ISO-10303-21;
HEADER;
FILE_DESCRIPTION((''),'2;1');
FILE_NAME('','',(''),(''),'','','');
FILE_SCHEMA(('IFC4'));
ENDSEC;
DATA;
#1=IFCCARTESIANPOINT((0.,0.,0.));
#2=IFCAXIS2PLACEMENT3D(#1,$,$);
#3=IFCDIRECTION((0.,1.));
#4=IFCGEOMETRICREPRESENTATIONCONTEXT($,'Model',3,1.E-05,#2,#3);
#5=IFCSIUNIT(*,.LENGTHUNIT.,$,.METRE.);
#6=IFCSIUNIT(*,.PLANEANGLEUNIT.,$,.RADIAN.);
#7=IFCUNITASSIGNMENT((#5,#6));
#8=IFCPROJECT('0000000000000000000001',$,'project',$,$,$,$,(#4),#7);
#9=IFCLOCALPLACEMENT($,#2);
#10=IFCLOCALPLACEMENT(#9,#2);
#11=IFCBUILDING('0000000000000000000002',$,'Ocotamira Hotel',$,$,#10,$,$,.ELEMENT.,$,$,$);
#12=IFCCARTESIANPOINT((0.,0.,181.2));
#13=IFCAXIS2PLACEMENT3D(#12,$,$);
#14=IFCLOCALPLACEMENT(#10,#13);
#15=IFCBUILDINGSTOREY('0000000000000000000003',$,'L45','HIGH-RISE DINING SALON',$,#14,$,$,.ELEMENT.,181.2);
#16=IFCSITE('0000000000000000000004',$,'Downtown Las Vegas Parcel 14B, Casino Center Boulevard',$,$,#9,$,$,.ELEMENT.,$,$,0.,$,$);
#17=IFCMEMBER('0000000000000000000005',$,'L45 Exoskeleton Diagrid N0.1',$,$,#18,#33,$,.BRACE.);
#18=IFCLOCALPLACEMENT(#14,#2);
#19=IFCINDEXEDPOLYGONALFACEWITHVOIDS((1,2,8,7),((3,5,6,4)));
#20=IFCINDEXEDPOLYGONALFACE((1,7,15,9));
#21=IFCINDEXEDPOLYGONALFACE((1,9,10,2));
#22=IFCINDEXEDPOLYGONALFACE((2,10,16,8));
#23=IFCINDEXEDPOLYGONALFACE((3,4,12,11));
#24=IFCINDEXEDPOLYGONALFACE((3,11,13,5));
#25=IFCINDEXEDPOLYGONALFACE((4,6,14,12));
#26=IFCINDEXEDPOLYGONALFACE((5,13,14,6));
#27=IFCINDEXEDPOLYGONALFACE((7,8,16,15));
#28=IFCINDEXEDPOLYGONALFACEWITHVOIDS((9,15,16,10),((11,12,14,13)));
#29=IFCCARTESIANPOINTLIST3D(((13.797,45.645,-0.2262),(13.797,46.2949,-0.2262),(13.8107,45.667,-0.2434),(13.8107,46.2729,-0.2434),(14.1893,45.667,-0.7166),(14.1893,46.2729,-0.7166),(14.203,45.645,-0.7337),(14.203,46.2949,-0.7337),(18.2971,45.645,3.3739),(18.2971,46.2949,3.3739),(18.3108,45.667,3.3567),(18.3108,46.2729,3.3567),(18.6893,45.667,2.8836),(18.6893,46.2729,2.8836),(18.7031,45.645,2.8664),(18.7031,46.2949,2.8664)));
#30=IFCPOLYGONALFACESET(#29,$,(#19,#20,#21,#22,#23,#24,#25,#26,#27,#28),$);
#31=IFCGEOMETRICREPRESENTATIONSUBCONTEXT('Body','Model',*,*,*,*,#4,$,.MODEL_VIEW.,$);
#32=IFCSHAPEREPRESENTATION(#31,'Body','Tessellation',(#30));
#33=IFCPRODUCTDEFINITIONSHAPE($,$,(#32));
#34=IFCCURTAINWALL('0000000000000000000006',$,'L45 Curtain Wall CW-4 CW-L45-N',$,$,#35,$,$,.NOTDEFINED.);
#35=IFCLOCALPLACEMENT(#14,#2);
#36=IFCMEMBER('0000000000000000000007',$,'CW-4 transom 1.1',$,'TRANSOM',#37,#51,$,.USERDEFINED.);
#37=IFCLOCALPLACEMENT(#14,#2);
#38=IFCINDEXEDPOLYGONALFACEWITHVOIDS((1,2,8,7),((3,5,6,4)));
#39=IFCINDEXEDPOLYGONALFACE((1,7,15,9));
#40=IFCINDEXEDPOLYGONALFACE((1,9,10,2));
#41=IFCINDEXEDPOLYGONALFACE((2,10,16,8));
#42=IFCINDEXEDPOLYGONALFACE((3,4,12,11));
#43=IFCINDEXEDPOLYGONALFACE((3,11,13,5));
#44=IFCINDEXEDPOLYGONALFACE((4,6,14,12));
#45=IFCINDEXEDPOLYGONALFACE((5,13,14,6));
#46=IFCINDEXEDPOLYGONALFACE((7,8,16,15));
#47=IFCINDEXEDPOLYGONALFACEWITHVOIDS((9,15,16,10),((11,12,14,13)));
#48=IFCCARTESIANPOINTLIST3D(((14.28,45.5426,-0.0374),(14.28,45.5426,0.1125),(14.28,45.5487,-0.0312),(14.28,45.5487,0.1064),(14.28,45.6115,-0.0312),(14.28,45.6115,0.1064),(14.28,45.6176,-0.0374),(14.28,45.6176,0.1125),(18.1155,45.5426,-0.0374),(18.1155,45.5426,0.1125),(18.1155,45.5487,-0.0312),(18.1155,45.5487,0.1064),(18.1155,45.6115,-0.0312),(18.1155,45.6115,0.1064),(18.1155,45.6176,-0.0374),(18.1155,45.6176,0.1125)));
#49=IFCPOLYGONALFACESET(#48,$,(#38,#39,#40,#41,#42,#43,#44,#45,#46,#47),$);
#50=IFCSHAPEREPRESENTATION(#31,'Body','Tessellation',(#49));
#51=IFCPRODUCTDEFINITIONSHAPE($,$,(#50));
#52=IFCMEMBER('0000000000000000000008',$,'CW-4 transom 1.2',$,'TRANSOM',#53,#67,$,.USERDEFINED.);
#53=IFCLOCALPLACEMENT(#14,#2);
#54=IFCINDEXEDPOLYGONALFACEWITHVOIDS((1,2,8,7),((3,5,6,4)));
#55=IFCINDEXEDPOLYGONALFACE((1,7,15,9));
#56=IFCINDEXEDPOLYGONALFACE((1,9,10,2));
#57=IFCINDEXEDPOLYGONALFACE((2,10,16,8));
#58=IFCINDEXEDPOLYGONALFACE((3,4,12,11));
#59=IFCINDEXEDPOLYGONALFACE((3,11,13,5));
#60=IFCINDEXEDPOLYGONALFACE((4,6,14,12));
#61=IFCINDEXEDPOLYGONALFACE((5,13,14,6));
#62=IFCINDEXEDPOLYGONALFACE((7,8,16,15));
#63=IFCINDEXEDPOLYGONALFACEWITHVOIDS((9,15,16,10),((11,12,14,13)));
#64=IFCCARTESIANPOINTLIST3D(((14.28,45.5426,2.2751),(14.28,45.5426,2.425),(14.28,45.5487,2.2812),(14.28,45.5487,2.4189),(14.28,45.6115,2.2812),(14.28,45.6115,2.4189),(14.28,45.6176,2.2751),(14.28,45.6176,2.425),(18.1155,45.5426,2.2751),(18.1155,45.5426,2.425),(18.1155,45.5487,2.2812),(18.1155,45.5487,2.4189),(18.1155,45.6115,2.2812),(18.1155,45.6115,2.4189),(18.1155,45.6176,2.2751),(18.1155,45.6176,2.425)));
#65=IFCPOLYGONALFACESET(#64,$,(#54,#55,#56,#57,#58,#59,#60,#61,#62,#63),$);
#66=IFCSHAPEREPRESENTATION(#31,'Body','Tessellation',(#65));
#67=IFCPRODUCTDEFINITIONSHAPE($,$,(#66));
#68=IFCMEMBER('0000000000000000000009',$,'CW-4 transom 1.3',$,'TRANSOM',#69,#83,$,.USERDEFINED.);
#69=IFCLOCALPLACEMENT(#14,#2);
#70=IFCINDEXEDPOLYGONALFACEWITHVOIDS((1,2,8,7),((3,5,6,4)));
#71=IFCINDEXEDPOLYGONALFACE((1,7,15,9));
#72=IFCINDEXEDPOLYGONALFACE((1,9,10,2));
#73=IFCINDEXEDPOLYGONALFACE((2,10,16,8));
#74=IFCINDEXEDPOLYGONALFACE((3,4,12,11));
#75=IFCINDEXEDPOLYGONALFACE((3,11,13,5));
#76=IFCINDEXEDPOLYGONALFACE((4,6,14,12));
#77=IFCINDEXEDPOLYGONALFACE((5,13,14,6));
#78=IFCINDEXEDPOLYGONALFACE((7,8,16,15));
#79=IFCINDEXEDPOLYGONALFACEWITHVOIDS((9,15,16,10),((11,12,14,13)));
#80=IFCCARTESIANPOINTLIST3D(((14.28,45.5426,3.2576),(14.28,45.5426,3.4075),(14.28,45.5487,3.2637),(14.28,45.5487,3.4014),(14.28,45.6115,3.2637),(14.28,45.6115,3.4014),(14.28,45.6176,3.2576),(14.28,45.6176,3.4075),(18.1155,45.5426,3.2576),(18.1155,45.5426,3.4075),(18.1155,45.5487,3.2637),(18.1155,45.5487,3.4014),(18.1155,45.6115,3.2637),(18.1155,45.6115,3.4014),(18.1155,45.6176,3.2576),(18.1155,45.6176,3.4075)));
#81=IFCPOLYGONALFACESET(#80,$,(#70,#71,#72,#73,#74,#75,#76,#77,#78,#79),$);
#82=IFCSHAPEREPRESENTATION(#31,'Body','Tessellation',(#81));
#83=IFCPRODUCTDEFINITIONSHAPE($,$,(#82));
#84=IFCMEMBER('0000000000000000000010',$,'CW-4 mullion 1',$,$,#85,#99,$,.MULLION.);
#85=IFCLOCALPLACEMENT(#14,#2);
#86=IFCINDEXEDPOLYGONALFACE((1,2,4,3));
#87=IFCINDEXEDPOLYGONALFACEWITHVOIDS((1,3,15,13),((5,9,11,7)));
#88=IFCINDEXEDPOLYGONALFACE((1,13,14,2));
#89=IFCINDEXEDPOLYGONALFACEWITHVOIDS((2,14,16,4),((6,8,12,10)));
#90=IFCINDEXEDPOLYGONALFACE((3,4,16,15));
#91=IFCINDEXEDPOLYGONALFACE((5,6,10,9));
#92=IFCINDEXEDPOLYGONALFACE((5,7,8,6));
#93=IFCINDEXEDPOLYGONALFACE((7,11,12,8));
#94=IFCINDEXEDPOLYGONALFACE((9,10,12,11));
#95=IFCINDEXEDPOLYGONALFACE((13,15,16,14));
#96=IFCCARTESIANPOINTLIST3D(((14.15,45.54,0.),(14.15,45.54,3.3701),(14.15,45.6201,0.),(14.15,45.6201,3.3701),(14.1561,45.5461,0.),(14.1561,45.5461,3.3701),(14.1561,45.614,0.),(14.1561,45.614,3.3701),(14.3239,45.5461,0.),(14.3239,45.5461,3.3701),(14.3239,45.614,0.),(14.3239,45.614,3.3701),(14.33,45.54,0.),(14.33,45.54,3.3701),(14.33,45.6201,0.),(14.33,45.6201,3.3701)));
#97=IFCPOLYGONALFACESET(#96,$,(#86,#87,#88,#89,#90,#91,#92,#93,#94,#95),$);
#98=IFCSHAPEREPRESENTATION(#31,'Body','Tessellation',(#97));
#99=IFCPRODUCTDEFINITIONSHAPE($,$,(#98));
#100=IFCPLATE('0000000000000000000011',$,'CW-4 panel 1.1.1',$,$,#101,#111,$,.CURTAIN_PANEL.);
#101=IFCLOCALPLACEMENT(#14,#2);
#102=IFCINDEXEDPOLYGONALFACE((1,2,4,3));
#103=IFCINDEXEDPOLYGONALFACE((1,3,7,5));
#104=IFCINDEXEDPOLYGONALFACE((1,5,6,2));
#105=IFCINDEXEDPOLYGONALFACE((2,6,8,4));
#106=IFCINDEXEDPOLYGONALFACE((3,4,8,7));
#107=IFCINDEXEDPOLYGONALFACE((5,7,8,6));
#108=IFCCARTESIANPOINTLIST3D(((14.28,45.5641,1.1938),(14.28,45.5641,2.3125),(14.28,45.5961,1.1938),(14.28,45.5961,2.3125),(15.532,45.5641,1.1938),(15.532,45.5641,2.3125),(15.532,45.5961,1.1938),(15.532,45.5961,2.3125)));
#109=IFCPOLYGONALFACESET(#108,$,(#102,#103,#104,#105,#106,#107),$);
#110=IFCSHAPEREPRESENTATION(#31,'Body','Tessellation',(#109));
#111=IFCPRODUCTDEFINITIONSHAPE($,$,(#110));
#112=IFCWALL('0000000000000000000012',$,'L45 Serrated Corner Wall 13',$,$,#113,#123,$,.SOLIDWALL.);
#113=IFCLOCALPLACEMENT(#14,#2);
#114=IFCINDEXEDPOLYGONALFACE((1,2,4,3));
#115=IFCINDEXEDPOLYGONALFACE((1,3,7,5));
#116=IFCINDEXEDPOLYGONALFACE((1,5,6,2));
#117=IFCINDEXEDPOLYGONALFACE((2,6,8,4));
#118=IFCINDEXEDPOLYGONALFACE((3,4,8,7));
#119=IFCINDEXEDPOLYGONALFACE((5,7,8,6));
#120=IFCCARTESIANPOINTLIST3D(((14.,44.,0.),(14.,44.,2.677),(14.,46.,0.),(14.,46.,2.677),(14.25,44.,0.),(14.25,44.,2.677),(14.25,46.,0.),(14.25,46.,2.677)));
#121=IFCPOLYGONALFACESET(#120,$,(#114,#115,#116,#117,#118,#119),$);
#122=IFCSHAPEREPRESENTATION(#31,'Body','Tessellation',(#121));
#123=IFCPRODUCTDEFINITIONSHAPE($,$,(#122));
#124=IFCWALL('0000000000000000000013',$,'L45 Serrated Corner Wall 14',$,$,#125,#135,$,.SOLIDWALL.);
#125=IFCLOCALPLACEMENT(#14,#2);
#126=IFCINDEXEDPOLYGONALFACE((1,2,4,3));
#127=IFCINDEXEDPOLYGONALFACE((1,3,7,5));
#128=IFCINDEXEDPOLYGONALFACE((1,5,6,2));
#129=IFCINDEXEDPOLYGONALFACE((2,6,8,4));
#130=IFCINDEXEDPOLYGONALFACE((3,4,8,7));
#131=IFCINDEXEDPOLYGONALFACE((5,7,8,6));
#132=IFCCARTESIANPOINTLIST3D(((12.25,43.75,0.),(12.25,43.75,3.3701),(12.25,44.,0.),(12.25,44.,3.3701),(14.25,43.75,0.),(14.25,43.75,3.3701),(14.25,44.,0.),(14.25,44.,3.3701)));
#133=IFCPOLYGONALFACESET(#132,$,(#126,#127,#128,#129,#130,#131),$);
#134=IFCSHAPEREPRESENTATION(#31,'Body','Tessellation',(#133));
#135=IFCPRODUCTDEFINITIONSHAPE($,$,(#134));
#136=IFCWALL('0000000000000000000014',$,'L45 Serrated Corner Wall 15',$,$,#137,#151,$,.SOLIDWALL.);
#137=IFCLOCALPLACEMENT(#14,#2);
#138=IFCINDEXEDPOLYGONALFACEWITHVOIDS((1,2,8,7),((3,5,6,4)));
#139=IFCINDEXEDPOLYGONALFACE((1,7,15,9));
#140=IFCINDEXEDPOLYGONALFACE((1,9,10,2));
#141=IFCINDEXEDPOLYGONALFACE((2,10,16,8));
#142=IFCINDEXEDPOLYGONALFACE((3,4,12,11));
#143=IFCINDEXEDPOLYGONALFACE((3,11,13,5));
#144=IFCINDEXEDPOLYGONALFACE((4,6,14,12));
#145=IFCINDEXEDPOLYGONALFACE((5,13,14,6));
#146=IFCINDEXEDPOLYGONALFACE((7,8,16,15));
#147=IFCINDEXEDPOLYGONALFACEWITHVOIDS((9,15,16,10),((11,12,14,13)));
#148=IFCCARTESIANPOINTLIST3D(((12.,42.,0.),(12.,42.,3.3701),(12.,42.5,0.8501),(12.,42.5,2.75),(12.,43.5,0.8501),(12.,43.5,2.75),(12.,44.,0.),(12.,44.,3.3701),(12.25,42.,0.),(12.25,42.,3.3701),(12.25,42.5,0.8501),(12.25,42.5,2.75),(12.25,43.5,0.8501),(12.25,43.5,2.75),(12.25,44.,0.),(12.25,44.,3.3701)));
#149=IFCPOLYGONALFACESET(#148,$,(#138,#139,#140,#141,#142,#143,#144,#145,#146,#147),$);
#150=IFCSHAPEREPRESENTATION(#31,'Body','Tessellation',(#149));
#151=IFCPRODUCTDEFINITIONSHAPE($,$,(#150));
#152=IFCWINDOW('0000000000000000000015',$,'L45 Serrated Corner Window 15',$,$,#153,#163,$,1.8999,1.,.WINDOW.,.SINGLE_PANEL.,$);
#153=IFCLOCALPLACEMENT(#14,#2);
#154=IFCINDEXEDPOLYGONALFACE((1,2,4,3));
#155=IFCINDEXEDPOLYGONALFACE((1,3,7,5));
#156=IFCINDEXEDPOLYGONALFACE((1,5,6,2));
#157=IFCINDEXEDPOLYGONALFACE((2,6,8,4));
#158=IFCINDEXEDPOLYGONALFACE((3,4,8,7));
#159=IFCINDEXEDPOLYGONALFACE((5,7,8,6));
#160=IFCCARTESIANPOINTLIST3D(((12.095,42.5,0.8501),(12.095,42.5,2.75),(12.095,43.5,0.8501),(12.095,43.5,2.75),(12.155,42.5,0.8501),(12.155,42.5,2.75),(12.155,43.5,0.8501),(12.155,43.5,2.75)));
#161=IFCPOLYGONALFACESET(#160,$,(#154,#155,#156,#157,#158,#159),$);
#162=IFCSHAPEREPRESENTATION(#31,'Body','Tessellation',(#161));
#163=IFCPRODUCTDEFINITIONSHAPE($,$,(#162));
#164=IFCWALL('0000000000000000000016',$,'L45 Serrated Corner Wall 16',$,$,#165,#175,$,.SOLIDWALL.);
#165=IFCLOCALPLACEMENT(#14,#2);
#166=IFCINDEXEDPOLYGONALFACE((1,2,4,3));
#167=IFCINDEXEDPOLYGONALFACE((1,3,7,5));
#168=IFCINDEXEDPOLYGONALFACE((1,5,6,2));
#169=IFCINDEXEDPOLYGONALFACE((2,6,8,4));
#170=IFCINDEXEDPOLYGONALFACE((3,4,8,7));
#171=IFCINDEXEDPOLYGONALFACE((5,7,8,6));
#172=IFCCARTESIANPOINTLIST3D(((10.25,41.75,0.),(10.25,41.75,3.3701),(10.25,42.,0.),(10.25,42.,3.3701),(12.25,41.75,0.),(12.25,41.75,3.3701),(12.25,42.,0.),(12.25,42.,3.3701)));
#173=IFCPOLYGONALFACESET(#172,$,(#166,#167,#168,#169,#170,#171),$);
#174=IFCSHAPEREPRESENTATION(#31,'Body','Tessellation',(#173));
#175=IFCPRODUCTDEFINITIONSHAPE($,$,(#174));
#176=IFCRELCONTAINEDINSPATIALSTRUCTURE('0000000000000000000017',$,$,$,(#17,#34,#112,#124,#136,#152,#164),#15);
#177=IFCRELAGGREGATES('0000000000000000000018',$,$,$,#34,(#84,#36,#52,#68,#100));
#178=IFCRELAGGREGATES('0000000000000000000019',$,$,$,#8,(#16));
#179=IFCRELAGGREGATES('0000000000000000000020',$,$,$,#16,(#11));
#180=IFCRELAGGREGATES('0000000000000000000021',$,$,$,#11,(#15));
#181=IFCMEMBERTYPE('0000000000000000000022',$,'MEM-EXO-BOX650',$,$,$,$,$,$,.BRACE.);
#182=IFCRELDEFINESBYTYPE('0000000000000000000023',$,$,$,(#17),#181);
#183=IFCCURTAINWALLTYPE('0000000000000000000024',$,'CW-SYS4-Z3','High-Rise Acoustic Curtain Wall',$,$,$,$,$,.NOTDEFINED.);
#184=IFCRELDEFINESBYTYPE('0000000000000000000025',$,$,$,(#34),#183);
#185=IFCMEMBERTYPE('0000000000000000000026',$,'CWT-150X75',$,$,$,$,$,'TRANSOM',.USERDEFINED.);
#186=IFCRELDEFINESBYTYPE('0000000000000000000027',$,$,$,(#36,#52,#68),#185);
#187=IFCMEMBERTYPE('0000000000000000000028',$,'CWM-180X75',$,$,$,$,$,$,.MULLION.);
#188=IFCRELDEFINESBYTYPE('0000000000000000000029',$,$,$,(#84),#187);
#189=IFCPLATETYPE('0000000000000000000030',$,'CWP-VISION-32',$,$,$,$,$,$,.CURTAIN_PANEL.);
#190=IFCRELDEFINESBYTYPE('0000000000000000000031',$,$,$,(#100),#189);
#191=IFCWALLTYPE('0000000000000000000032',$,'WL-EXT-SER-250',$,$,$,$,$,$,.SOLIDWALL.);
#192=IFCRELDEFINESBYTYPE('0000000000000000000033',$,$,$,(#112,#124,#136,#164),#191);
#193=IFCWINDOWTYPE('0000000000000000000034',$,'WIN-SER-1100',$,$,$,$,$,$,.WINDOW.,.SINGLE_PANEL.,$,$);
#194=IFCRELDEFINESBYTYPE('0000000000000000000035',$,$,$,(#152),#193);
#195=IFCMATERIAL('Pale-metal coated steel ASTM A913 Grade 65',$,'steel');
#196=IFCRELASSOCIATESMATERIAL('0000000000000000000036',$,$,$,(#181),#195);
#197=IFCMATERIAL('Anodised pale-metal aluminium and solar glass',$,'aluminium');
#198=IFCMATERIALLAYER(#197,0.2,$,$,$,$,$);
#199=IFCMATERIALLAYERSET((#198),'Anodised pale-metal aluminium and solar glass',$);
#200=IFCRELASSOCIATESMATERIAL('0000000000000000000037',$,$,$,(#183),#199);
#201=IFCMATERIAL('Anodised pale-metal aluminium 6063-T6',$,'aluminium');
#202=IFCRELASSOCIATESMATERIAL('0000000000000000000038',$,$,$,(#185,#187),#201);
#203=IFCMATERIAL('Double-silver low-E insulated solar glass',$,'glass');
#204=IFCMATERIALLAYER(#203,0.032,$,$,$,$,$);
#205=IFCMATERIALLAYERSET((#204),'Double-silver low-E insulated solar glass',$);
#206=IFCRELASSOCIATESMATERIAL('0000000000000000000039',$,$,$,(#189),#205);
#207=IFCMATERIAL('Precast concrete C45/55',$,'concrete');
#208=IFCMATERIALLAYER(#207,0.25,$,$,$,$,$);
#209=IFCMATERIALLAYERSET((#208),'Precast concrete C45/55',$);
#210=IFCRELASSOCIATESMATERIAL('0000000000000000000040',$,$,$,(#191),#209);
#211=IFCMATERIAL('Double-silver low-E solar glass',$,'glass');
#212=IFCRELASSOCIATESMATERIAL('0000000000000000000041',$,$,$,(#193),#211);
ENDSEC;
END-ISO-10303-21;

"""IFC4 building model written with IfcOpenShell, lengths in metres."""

from ifc_helpers import new_model, si_unit, direction, frame, frame_2d, origin, origin_2d, place, context, subcontext, project, spatial, rectangle, hollow_rectangle, extrude, source, transform, mapped, material, layer, layer_set, material_profile, profile_set, type_object, element, fill, aggregate, save


model = new_model("IFC4")

# Units and contexts
model_context = context("Model", 3, precision=1e-05, world=origin(), true_north=direction((0.0, 1.0)))
body_context = subcontext(model_context, "Body", "Model", "MODEL_VIEW")
ifc_project = project(units=[si_unit("LENGTHUNIT", "METRE"), si_unit("PLANEANGLEUNIT", "RADIAN")], contexts=[model_context])

# Site, building, storey
site_placement = place(None, origin())
site = spatial("IfcSite", under=ifc_project, at=site_placement, Name="Downtown Las Vegas Parcel 14B, Casino Center Boulevard", CompositionType="ELEMENT", RefElevation=0.0)
building_placement = place(site_placement, origin())
building = spatial("IfcBuilding", under=site, at=building_placement, Name="Ocotamira Hotel", CompositionType="ELEMENT")
storey_placement = place(building_placement, frame((0.0, 0.0, 181.2)))
storey = spatial("IfcBuildingStorey", under=building, at=storey_placement, Name="L45", Description="HIGH-RISE DINING SALON", CompositionType="ELEMENT", Elevation=181.2)

# Member
ifc_material_1 = material(Name="Pale-metal coated steel ASTM A913 Grade 65", Category="steel")
ifc_material_profile_1 = material_profile(ifc_material_1, hollow_rectangle(XDim=0.6499, YDim=0.6499, WallThickness=0.022, at=origin_2d()), Name="BOX650X650X22")
ifc_profile_set_1 = profile_set([ifc_material_profile_1], Name="Pale-metal coated steel ASTM A913 Grade 65")
member_type_1 = type_object("IfcMemberType", Name="MEM-EXO-BOX650", PredefinedType="BRACE", material=ifc_profile_set_1)
shared_shape_1 = source(origin(), body_context, "Body", "SweptSolid", [
    extrude(hollow_rectangle(XDim=0.6499, YDim=0.6499, WallThickness=0.022, at=origin_2d()), origin(), (0.0, 0.0, 1.0), 5.7629),
])
member_1_placement = place(storey_placement, frame((14.0, 45.97, -0.48), z_axis=(0.780861, 0.0, 0.624705), x_axis=(0.0, 1.0, 0.0)))
element("IfcMember", 1, at=member_1_placement, inside=storey, type_object=member_type_1, Name="L45 Exoskeleton Diagrid N0.1", PredefinedType="BRACE", context=body_context, shape_type="MappedRepresentation", body=[
    mapped(shared_shape_1, transform((0.0, 0.0, 0.0), scale=1.0)),
])

# Curtain wall, members, plate
ifc_material_2 = material(Name="Anodised pale-metal aluminium and solar glass", Category="aluminium")
ifc_layer_1 = layer(ifc_material_2, 0.2)
ifc_layer_set_1 = layer_set([ifc_layer_1], Name="Anodised pale-metal aluminium and solar glass")
curtain_wall_type = type_object("IfcCurtainWallType", Name="CW-SYS4-Z3", Description="High-Rise Acoustic Curtain Wall", PredefinedType="NOTDEFINED", material=ifc_layer_set_1)
curtain_wall_placement = place(storey_placement, origin())
curtain_wall = element("IfcCurtainWall", 2, at=curtain_wall_placement, inside=storey, type_object=curtain_wall_type, Name="L45 Curtain Wall CW-4 CW-L45-N", PredefinedType="NOTDEFINED")
ifc_material_3 = material(Name="Anodised pale-metal aluminium 6063-T6", Category="aluminium")
ifc_material_profile_2 = material_profile(ifc_material_3, hollow_rectangle(XDim=0.075, YDim=0.1499, WallThickness=0.0061, at=origin_2d()), Name="HSS150X75X6")
ifc_profile_set_2 = profile_set([ifc_material_profile_2], Name="Anodised pale-metal aluminium 6063-T6")
member_type_2 = type_object("IfcMemberType", Name="CWT-150X75", ElementType="TRANSOM", PredefinedType="USERDEFINED", material=ifc_profile_set_2)
shared_shape_2 = source(origin(), body_context, "Body", "SweptSolid", [
    extrude(hollow_rectangle(XDim=0.075, YDim=0.1499, WallThickness=0.0061, at=origin_2d()), origin(), (0.0, 0.0, 1.0), 3.8354),
])
member_2_placement = place(storey_placement, frame((14.28, 45.5801, 0.0376), z_axis=(1.0, 0.0, 0.0), x_axis=(0.0, 1.0, 0.0)))
member_2 = element("IfcMember", 3, at=member_2_placement, type_object=member_type_2, Name="CW-4 transom 1.1", ObjectType="TRANSOM", PredefinedType="USERDEFINED", context=body_context, shape_type="MappedRepresentation", body=[
    mapped(shared_shape_2, transform((0.0, 0.0, 0.0), scale=1.0)),
])
member_3_placement = place(storey_placement, frame((14.28, 45.5801, 2.3501), z_axis=(1.0, 0.0, 0.0), x_axis=(0.0, 1.0, 0.0)))
member_3 = element("IfcMember", 4, at=member_3_placement, type_object=member_type_2, Name="CW-4 transom 1.2", ObjectType="TRANSOM", PredefinedType="USERDEFINED", context=body_context, shape_type="MappedRepresentation", body=[
    mapped(shared_shape_2, transform((0.0, 0.0, 0.0), scale=1.0)),
])
member_4_placement = place(storey_placement, frame((14.28, 45.5801, 3.3325), z_axis=(1.0, 0.0, 0.0), x_axis=(0.0, 1.0, 0.0)))
member_4 = element("IfcMember", 5, at=member_4_placement, type_object=member_type_2, Name="CW-4 transom 1.3", ObjectType="TRANSOM", PredefinedType="USERDEFINED", context=body_context, shape_type="MappedRepresentation", body=[
    mapped(shared_shape_2, transform((0.0, 0.0, 0.0), scale=1.0)),
])
ifc_material_profile_3 = material_profile(ifc_material_3, hollow_rectangle(XDim=0.0801, YDim=0.1799, WallThickness=0.0061, at=origin_2d()), Name="HSS180X80X6")
ifc_profile_set_3 = profile_set([ifc_material_profile_3], Name="Anodised pale-metal aluminium 6063-T6")
member_type_3 = type_object("IfcMemberType", Name="CWM-180X75", PredefinedType="MULLION", material=ifc_profile_set_3)
shared_shape_3 = source(origin(), body_context, "Body", "SweptSolid", [
    extrude(hollow_rectangle(XDim=0.0801, YDim=0.1799, WallThickness=0.0061, at=origin_2d()), origin(), (0.0, 0.0, 1.0), 3.3701),
])
member_5_placement = place(storey_placement, frame((14.24, 45.5801, 0.0), z_axis=(0.0, 0.0, 1.0), x_axis=(0.0, 1.0, 0.0)))
member_5 = element("IfcMember", 6, at=member_5_placement, type_object=member_type_3, Name="CW-4 mullion 1", PredefinedType="MULLION", context=body_context, shape_type="MappedRepresentation", body=[
    mapped(shared_shape_3, transform((0.0, 0.0, 0.0), scale=1.0)),
])
ifc_material_4 = material(Name="Double-silver low-E insulated solar glass", Category="glass")
ifc_layer_2 = layer(ifc_material_4, 0.032)
ifc_layer_set_2 = layer_set([ifc_layer_2], Name="Double-silver low-E insulated solar glass")
plate_type = type_object("IfcPlateType", Name="CWP-VISION-32", PredefinedType="CURTAIN_PANEL", material=ifc_layer_set_2)
shared_shape_4 = source(origin(), body_context, "Body", "SweptSolid", [
    extrude(rectangle(XDim=1.252, YDim=0.032, at=origin_2d()), origin(), (0.0, 0.0, 1.0), 1.1187),
])
plate_placement = place(storey_placement, frame((14.906, 45.5801, 1.1938), z_axis=(0.0, 0.0, 1.0), x_axis=(1.0, 0.0, 0.0)))
plate = element("IfcPlate", 7, at=plate_placement, type_object=plate_type, Name="CW-4 panel 1.1.1", PredefinedType="CURTAIN_PANEL", context=body_context, shape_type="MappedRepresentation", body=[
    mapped(shared_shape_4, transform((0.0, 0.0, 0.0), scale=1.0)),
])
aggregate(curtain_wall, [member_5, member_2, member_3, member_4, plate])

# Walls
ifc_material_5 = material(Name="Precast concrete C45/55", Category="concrete")
ifc_layer_3 = layer(ifc_material_5, 0.25)
ifc_layer_set_3 = layer_set([ifc_layer_3], Name="Precast concrete C45/55")
wall_type_1 = type_object("IfcWallType", Name="WL-EXT-SER-250", PredefinedType="SOLIDWALL", material=ifc_layer_set_3)
wall_1_placement = place(storey_placement, frame((14.125, 46.0, 0.0), z_axis=(0.0, 0.0, 1.0), x_axis=(0.0, -1.0, 0.0)))
element("IfcWall", 8, at=wall_1_placement, inside=storey, type_object=wall_type_1, Name="L45 Serrated Corner Wall 13", PredefinedType="SOLIDWALL", context=body_context, shape_type="SweptSolid", body=[
    extrude(rectangle(XDim=2.0, YDim=0.25, at=frame_2d((1.0, 0.0))), origin(), (0.0, 0.0, 1.0), 2.677),
])
wall_2_placement = place(storey_placement, frame((14.25, 43.875, 0.0), z_axis=(0.0, 0.0, 1.0), x_axis=(-1.0, 0.0, 0.0)))
element("IfcWall", 9, at=wall_2_placement, inside=storey, type_object=wall_type_1, Name="L45 Serrated Corner Wall 14", PredefinedType="SOLIDWALL", context=body_context, shape_type="SweptSolid", body=[
    extrude(rectangle(XDim=2.0, YDim=0.25, at=frame_2d((1.0, 0.0))), origin(), (0.0, 0.0, 1.0), 3.3701),
])

# Wall, opening, window
wall_3_placement = place(storey_placement, frame((12.125, 44.0, 0.0), z_axis=(0.0, 0.0, 1.0), x_axis=(0.0, -1.0, 0.0)))
wall_3 = element("IfcWall", 10, at=wall_3_placement, inside=storey, type_object=wall_type_1, Name="L45 Serrated Corner Wall 15", PredefinedType="SOLIDWALL", context=body_context, shape_type="SweptSolid", body=[
    extrude(rectangle(XDim=2.0, YDim=0.25, at=frame_2d((1.0, 0.0))), origin(), (0.0, 0.0, 1.0), 3.3701),
])
opening_placement = place(wall_3_placement, frame((0.5, 0.0, 0.8501)))
opening = element("IfcOpeningElement", 11, at=opening_placement, cuts=wall_3, PredefinedType="OPENING", context=body_context, shape_type="SweptSolid", body=[
    extrude(rectangle(XDim=1.0, YDim=1.8999, at=frame_2d((0.5, 0.95))), frame((0.0, 0.135, 0.0), z_axis=(0.0, -1.0, 0.0), x_axis=(1.0, 0.0, 0.0)), (0.0, 0.0, 1.0), 0.27),
])
ifc_material_6 = material(Name="Double-silver low-E solar glass", Category="glass")
window_type = type_object("IfcWindowType", Name="WIN-SER-1100", PartitioningType="SINGLE_PANEL", PredefinedType="WINDOW", material=ifc_material_6)
shared_shape_5 = source(origin(), body_context, "Body", "SweptSolid", [
    extrude(rectangle(XDim=1.0, YDim=1.8999, at=frame_2d((0.5, 0.95))), frame((0.0, 0.03, 0.0), z_axis=(0.0, -1.0, 0.0), x_axis=(1.0, 0.0, 0.0)), (0.0, 0.0, 1.0), 0.0601),
])
window_placement = place(opening_placement, origin())
window = element("IfcWindow", 12, at=window_placement, inside=storey, type_object=window_type, Name="L45 Serrated Corner Window 15", OverallHeight=1.8999, OverallWidth=1.0, PartitioningType="SINGLE_PANEL", PredefinedType="WINDOW", context=body_context, shape_type="MappedRepresentation", body=[
    mapped(shared_shape_5, transform((0.0, 0.0, 0.0), scale=1.0)),
])
fill(opening, window)

# Wall
for number, where, z_axis, x_axis, name in (
    (13, (12.25, 41.875, 0.0), (0.0, 0.0, 1.0), (-1.0, 0.0, 0.0), "L45 Serrated Corner Wall 16"),
):
    element("IfcWall", number, at=place(storey_placement, frame(where, z_axis=z_axis, x_axis=x_axis)), inside=storey, type_object=wall_type_1, Name=name, PredefinedType="SOLIDWALL", context=body_context, shape_type="SweptSolid", body=[
        extrude(rectangle(XDim=2.0, YDim=0.25, at=frame_2d((1.0, 0.0))), origin(), (0.0, 0.0, 1.0), 3.3701),
    ])

save(model, "model.ifc")
